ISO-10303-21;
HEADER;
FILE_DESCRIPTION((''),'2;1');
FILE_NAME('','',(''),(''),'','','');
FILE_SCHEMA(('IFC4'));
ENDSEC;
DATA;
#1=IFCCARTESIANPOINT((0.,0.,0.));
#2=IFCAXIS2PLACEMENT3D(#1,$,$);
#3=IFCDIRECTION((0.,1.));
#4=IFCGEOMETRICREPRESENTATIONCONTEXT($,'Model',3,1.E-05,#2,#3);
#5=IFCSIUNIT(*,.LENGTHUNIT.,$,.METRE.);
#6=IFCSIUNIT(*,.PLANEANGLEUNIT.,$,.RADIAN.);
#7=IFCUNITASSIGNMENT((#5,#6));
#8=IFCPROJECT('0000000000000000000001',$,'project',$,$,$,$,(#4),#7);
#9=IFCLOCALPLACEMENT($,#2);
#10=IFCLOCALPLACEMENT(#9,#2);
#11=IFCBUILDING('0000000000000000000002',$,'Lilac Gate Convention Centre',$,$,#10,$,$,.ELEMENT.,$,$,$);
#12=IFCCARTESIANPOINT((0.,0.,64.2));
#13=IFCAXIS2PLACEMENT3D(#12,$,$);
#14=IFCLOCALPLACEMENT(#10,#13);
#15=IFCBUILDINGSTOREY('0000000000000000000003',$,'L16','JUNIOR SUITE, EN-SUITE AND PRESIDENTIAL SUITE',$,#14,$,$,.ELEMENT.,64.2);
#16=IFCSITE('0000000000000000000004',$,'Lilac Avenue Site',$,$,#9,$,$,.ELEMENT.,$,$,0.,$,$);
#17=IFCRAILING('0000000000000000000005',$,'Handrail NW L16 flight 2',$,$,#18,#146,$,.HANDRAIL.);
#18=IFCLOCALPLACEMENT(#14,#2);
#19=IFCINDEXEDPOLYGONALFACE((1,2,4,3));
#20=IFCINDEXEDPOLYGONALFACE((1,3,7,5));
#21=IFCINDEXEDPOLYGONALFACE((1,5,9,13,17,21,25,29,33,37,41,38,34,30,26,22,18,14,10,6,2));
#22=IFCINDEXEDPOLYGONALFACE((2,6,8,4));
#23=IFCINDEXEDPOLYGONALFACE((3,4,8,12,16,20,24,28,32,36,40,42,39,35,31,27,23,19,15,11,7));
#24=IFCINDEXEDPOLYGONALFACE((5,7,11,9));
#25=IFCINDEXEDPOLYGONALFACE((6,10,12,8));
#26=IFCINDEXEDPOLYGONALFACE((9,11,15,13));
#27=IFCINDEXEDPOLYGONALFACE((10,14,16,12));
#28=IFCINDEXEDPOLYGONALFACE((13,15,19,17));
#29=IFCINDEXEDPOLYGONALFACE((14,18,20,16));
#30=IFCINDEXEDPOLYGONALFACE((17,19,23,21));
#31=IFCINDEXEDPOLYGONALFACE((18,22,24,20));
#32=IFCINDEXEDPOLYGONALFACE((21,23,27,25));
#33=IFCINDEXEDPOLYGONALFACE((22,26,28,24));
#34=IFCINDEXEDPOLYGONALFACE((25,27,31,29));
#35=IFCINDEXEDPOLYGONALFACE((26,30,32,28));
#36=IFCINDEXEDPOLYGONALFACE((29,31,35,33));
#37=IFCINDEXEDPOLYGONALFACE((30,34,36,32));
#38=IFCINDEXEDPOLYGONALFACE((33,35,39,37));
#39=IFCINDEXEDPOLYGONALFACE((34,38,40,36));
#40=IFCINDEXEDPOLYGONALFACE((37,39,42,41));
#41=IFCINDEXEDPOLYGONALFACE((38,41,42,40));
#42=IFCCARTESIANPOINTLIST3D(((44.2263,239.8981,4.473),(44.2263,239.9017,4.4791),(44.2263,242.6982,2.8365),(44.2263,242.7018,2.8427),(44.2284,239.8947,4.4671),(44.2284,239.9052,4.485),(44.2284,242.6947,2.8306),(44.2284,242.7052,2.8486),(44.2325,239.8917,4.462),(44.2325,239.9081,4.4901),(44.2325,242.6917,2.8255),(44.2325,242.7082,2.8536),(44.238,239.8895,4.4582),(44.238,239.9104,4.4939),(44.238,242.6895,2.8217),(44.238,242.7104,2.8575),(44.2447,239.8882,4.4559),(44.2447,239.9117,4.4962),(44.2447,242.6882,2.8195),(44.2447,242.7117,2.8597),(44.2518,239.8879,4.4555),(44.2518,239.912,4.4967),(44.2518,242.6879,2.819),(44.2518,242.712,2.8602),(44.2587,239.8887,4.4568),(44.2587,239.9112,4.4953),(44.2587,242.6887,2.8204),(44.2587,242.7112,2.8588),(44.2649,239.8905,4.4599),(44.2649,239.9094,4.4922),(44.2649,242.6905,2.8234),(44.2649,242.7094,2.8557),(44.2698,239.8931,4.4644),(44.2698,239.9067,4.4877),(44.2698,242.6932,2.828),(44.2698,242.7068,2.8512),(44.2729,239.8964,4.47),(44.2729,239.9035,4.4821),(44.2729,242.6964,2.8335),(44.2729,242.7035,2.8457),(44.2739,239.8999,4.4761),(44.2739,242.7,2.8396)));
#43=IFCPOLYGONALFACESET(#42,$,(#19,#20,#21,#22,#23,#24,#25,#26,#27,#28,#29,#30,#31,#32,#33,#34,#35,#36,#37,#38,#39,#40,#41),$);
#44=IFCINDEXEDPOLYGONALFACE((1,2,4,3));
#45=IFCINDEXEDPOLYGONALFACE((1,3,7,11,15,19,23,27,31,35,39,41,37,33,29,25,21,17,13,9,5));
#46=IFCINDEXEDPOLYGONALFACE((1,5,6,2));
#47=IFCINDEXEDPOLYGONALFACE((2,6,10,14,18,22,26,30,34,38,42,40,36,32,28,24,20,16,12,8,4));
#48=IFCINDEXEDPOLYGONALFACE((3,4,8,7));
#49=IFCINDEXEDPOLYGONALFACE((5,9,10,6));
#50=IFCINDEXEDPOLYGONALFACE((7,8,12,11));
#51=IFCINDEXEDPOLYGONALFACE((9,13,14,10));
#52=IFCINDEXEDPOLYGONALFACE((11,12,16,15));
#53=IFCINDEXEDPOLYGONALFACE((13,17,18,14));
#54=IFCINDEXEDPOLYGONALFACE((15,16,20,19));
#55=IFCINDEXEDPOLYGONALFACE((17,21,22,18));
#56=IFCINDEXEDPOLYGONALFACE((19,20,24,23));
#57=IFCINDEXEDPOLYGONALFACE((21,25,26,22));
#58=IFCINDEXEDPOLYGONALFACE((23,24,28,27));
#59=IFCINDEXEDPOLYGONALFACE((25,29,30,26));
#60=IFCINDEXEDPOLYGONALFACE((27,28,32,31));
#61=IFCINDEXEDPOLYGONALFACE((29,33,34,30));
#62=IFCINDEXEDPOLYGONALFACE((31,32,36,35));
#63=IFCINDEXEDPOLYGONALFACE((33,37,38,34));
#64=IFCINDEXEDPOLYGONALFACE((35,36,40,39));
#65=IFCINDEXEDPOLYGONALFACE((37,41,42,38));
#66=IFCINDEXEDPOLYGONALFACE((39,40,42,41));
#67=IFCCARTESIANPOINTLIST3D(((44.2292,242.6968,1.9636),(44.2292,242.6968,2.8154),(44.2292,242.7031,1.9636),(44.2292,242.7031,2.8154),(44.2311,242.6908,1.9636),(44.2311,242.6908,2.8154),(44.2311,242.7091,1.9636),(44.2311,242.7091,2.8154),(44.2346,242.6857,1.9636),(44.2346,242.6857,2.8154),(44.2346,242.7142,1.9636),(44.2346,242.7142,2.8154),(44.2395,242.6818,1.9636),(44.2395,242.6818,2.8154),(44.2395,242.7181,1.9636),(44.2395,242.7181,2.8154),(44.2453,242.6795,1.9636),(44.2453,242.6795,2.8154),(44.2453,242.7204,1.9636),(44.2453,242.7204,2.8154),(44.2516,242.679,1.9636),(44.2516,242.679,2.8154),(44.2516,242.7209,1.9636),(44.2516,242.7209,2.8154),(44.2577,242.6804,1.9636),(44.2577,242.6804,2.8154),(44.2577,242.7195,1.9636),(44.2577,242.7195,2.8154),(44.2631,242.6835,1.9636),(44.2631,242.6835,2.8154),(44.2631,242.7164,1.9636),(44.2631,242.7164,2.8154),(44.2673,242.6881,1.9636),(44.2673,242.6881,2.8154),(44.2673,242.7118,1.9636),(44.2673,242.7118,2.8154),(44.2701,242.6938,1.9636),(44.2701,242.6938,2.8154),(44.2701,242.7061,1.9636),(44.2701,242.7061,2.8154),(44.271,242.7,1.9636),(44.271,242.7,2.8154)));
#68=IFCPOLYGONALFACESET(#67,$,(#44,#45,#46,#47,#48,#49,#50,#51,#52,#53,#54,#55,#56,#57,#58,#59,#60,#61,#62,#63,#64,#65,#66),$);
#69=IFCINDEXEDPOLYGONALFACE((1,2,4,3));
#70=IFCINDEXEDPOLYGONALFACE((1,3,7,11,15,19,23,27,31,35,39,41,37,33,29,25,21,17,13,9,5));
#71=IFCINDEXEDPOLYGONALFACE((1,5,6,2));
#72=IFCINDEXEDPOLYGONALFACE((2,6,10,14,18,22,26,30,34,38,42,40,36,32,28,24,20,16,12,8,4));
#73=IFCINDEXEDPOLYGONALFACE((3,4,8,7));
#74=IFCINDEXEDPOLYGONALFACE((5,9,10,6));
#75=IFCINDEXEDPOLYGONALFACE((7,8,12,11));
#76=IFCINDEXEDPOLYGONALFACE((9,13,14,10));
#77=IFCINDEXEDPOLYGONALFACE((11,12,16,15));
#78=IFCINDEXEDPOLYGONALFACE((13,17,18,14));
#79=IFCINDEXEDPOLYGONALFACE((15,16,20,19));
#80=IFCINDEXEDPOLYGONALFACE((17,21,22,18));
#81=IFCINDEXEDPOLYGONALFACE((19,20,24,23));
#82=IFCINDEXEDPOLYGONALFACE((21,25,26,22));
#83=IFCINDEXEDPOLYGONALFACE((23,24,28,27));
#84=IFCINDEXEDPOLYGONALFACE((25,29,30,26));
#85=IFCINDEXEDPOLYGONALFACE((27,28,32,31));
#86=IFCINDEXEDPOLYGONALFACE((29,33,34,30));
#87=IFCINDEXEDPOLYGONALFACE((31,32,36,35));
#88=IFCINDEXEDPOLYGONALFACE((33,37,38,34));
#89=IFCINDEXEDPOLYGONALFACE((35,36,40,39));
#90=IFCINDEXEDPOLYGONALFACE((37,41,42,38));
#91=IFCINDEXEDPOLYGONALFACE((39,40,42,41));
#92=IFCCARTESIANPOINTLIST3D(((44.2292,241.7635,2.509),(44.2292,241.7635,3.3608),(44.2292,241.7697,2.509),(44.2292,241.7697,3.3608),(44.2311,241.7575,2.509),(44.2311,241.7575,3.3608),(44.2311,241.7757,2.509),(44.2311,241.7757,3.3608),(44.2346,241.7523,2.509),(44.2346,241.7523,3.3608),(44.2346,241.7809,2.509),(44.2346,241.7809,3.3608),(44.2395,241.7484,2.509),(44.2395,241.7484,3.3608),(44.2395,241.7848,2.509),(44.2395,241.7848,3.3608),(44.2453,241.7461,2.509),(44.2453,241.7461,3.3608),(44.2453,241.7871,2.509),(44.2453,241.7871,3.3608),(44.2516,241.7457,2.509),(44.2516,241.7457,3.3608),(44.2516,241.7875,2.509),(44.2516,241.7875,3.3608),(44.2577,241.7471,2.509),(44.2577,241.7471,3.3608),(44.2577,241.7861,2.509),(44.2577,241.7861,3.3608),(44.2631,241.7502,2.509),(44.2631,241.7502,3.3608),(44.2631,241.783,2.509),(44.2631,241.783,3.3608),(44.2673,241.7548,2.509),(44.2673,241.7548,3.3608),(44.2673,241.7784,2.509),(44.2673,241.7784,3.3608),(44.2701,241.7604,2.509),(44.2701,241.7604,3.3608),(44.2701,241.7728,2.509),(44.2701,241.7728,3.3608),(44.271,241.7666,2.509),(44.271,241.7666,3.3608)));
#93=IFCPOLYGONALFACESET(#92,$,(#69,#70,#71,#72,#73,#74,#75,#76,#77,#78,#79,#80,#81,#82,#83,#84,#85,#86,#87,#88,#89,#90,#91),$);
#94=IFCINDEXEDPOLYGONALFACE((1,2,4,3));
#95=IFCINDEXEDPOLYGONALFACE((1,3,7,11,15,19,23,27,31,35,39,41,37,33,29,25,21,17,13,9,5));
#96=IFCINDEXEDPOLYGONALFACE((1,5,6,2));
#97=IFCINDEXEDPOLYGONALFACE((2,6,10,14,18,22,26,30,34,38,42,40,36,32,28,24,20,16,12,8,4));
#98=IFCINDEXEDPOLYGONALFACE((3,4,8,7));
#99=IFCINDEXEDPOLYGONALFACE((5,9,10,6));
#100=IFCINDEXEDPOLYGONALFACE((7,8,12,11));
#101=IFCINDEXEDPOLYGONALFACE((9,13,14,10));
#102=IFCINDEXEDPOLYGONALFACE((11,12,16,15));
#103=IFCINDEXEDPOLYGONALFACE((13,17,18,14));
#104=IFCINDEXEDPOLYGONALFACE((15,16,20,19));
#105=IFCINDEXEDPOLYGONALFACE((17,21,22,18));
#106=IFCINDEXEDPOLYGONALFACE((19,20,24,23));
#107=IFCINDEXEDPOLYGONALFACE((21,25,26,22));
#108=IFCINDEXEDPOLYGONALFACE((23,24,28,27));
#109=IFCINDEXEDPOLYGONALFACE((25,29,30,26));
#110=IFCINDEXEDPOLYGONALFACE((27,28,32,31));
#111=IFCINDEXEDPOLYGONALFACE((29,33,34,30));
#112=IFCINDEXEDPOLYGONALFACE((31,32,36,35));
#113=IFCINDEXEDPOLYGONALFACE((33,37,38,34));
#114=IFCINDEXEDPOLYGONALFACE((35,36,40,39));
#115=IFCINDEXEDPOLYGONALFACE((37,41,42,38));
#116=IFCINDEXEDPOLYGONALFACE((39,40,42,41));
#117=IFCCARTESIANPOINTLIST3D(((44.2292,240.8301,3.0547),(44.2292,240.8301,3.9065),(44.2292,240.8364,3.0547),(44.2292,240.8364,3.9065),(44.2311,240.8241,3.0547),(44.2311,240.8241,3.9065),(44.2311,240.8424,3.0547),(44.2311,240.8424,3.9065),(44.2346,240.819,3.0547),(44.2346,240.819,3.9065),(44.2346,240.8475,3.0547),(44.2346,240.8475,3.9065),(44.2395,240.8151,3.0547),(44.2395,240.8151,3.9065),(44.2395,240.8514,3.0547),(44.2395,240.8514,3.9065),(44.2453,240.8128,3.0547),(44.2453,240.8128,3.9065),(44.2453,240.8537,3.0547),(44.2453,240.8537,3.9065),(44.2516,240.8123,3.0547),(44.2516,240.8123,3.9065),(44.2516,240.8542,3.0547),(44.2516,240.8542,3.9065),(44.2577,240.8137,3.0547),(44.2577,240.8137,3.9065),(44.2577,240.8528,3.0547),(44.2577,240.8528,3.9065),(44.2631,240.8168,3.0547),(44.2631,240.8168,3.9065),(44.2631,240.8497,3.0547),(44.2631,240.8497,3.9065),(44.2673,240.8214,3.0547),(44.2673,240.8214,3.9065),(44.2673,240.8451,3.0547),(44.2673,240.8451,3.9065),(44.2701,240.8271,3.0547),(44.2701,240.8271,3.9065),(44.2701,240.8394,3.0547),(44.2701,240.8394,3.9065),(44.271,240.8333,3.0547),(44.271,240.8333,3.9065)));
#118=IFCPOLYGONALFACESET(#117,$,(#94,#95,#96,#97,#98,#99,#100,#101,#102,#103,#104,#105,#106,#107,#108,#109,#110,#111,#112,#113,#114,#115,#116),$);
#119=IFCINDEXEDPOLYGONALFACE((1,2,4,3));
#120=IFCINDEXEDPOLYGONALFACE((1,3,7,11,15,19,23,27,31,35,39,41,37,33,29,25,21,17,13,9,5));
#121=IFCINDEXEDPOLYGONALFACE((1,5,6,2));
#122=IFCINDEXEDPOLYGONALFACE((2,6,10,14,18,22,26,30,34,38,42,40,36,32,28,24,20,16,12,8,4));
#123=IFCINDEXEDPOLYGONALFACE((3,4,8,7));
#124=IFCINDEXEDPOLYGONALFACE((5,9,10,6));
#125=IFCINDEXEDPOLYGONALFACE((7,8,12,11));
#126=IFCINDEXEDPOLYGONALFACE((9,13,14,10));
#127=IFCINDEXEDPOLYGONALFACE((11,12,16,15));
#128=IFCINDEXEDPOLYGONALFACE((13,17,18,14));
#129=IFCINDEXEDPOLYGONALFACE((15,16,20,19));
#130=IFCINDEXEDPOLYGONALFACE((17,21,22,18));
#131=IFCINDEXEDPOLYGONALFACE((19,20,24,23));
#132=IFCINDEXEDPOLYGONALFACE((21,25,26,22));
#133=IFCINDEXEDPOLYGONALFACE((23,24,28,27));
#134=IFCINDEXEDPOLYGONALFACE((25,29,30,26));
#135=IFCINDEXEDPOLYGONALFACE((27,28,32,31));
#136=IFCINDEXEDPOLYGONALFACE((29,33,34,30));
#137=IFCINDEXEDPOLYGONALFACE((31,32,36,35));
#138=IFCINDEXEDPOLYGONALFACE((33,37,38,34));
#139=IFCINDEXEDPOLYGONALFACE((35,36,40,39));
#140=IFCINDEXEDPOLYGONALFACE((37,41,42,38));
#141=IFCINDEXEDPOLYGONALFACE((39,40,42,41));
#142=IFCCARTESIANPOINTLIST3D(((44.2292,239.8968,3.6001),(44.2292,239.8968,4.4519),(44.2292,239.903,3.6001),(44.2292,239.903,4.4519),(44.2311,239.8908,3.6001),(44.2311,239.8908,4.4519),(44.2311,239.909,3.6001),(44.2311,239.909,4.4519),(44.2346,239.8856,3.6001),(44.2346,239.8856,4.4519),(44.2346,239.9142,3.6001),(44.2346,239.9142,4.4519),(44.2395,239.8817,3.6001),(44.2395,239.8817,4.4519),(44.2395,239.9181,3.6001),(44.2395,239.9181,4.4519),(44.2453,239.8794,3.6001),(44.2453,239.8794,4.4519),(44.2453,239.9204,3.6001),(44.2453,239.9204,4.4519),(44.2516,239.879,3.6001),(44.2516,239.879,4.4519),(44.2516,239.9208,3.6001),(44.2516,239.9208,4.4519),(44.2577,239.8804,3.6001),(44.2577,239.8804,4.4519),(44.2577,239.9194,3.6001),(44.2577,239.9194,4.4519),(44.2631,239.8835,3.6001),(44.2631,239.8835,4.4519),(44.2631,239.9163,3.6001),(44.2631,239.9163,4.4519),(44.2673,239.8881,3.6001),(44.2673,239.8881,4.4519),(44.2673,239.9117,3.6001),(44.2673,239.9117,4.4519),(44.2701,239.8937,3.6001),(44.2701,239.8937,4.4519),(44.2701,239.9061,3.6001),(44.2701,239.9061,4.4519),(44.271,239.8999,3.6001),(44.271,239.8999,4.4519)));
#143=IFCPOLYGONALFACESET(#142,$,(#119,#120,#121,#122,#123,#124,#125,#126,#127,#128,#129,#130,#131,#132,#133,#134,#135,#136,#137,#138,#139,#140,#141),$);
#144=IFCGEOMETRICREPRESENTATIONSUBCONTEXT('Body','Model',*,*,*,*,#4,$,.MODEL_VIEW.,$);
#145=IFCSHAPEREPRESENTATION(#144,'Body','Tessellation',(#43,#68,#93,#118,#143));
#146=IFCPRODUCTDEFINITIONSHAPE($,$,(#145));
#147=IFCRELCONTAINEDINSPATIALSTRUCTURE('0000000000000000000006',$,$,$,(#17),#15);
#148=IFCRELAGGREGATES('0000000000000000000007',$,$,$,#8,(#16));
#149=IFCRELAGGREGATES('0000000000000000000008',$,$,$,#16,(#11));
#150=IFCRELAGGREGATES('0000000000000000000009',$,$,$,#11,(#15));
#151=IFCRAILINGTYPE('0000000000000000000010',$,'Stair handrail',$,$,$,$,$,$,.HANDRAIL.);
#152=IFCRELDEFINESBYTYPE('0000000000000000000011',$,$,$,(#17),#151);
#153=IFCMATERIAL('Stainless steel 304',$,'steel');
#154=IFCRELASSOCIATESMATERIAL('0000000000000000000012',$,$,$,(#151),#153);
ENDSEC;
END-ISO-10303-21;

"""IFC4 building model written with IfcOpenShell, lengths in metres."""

from ifc_helpers import new_model, si_unit, direction, frame, origin, origin_2d, place, context, subcontext, project, spatial, circle, extrude, material, type_object, element, save


model = new_model("IFC4")

# Units and contexts
model_context = context("Model", 3, precision=1e-05, world=origin(), true_north=direction((0.0, 1.0)))
body_context = subcontext(model_context, "Body", "Model", "MODEL_VIEW")
ifc_project = project(units=[si_unit("LENGTHUNIT", "METRE"), si_unit("PLANEANGLEUNIT", "RADIAN")], contexts=[model_context])

# Site, building, storey
site_placement = place(None, origin())
site = spatial("IfcSite", under=ifc_project, at=site_placement, Name="Lilac Avenue Site", CompositionType="ELEMENT", RefElevation=0.0)
building_placement = place(site_placement, origin())
building = spatial("IfcBuilding", under=site, at=building_placement, Name="Lilac Gate Convention Centre", CompositionType="ELEMENT")
storey_placement = place(building_placement, frame((0.0, 0.0, 64.2)))
storey = spatial("IfcBuildingStorey", under=building, at=storey_placement, Name="L16", Description="JUNIOR SUITE, EN-SUITE AND PRESIDENTIAL SUITE", CompositionType="ELEMENT", Elevation=64.2)

# Railing
ifc_material_1 = material(Name="Stainless steel 304", Category="steel")
railing_type = type_object("IfcRailingType", Name="Stair handrail", PredefinedType="HANDRAIL", material=ifc_material_1)
for number, where, name in (
    (1, (44.25, 242.7, 1.9636), "Handrail NW L16 flight 2"),
):
    element("IfcRailing", number, at=place(storey_placement, frame(where)), inside=storey, type_object=railing_type, Name=name, PredefinedType="HANDRAIL", context=body_context, shape_type="SweptSolid", body=[
        extrude(circle(Radius=0.0239, at=origin_2d()), frame((0.0, 0.0, 0.876), z_axis=(0.0, -0.863361, 0.504587), x_axis=(1.0, 0.0, 0.0)), (0.0, 0.0, 1.0), 3.2432),
        extrude(circle(Radius=0.021, at=origin_2d()), origin(), (0.0, 0.0, 1.0), 0.8518),
        extrude(circle(Radius=0.021, at=origin_2d()), frame((0.0, -0.9333, 0.5454)), (0.0, 0.0, 1.0), 0.8518),
        extrude(circle(Radius=0.021, at=origin_2d()), frame((0.0, -1.8667, 1.0911)), (0.0, 0.0, 1.0), 0.8518),
        extrude(circle(Radius=0.021, at=origin_2d()), frame((0.0, -2.8, 1.6365)), (0.0, 0.0, 1.0), 0.8518),
    ])

save(model, "model.ifc")
